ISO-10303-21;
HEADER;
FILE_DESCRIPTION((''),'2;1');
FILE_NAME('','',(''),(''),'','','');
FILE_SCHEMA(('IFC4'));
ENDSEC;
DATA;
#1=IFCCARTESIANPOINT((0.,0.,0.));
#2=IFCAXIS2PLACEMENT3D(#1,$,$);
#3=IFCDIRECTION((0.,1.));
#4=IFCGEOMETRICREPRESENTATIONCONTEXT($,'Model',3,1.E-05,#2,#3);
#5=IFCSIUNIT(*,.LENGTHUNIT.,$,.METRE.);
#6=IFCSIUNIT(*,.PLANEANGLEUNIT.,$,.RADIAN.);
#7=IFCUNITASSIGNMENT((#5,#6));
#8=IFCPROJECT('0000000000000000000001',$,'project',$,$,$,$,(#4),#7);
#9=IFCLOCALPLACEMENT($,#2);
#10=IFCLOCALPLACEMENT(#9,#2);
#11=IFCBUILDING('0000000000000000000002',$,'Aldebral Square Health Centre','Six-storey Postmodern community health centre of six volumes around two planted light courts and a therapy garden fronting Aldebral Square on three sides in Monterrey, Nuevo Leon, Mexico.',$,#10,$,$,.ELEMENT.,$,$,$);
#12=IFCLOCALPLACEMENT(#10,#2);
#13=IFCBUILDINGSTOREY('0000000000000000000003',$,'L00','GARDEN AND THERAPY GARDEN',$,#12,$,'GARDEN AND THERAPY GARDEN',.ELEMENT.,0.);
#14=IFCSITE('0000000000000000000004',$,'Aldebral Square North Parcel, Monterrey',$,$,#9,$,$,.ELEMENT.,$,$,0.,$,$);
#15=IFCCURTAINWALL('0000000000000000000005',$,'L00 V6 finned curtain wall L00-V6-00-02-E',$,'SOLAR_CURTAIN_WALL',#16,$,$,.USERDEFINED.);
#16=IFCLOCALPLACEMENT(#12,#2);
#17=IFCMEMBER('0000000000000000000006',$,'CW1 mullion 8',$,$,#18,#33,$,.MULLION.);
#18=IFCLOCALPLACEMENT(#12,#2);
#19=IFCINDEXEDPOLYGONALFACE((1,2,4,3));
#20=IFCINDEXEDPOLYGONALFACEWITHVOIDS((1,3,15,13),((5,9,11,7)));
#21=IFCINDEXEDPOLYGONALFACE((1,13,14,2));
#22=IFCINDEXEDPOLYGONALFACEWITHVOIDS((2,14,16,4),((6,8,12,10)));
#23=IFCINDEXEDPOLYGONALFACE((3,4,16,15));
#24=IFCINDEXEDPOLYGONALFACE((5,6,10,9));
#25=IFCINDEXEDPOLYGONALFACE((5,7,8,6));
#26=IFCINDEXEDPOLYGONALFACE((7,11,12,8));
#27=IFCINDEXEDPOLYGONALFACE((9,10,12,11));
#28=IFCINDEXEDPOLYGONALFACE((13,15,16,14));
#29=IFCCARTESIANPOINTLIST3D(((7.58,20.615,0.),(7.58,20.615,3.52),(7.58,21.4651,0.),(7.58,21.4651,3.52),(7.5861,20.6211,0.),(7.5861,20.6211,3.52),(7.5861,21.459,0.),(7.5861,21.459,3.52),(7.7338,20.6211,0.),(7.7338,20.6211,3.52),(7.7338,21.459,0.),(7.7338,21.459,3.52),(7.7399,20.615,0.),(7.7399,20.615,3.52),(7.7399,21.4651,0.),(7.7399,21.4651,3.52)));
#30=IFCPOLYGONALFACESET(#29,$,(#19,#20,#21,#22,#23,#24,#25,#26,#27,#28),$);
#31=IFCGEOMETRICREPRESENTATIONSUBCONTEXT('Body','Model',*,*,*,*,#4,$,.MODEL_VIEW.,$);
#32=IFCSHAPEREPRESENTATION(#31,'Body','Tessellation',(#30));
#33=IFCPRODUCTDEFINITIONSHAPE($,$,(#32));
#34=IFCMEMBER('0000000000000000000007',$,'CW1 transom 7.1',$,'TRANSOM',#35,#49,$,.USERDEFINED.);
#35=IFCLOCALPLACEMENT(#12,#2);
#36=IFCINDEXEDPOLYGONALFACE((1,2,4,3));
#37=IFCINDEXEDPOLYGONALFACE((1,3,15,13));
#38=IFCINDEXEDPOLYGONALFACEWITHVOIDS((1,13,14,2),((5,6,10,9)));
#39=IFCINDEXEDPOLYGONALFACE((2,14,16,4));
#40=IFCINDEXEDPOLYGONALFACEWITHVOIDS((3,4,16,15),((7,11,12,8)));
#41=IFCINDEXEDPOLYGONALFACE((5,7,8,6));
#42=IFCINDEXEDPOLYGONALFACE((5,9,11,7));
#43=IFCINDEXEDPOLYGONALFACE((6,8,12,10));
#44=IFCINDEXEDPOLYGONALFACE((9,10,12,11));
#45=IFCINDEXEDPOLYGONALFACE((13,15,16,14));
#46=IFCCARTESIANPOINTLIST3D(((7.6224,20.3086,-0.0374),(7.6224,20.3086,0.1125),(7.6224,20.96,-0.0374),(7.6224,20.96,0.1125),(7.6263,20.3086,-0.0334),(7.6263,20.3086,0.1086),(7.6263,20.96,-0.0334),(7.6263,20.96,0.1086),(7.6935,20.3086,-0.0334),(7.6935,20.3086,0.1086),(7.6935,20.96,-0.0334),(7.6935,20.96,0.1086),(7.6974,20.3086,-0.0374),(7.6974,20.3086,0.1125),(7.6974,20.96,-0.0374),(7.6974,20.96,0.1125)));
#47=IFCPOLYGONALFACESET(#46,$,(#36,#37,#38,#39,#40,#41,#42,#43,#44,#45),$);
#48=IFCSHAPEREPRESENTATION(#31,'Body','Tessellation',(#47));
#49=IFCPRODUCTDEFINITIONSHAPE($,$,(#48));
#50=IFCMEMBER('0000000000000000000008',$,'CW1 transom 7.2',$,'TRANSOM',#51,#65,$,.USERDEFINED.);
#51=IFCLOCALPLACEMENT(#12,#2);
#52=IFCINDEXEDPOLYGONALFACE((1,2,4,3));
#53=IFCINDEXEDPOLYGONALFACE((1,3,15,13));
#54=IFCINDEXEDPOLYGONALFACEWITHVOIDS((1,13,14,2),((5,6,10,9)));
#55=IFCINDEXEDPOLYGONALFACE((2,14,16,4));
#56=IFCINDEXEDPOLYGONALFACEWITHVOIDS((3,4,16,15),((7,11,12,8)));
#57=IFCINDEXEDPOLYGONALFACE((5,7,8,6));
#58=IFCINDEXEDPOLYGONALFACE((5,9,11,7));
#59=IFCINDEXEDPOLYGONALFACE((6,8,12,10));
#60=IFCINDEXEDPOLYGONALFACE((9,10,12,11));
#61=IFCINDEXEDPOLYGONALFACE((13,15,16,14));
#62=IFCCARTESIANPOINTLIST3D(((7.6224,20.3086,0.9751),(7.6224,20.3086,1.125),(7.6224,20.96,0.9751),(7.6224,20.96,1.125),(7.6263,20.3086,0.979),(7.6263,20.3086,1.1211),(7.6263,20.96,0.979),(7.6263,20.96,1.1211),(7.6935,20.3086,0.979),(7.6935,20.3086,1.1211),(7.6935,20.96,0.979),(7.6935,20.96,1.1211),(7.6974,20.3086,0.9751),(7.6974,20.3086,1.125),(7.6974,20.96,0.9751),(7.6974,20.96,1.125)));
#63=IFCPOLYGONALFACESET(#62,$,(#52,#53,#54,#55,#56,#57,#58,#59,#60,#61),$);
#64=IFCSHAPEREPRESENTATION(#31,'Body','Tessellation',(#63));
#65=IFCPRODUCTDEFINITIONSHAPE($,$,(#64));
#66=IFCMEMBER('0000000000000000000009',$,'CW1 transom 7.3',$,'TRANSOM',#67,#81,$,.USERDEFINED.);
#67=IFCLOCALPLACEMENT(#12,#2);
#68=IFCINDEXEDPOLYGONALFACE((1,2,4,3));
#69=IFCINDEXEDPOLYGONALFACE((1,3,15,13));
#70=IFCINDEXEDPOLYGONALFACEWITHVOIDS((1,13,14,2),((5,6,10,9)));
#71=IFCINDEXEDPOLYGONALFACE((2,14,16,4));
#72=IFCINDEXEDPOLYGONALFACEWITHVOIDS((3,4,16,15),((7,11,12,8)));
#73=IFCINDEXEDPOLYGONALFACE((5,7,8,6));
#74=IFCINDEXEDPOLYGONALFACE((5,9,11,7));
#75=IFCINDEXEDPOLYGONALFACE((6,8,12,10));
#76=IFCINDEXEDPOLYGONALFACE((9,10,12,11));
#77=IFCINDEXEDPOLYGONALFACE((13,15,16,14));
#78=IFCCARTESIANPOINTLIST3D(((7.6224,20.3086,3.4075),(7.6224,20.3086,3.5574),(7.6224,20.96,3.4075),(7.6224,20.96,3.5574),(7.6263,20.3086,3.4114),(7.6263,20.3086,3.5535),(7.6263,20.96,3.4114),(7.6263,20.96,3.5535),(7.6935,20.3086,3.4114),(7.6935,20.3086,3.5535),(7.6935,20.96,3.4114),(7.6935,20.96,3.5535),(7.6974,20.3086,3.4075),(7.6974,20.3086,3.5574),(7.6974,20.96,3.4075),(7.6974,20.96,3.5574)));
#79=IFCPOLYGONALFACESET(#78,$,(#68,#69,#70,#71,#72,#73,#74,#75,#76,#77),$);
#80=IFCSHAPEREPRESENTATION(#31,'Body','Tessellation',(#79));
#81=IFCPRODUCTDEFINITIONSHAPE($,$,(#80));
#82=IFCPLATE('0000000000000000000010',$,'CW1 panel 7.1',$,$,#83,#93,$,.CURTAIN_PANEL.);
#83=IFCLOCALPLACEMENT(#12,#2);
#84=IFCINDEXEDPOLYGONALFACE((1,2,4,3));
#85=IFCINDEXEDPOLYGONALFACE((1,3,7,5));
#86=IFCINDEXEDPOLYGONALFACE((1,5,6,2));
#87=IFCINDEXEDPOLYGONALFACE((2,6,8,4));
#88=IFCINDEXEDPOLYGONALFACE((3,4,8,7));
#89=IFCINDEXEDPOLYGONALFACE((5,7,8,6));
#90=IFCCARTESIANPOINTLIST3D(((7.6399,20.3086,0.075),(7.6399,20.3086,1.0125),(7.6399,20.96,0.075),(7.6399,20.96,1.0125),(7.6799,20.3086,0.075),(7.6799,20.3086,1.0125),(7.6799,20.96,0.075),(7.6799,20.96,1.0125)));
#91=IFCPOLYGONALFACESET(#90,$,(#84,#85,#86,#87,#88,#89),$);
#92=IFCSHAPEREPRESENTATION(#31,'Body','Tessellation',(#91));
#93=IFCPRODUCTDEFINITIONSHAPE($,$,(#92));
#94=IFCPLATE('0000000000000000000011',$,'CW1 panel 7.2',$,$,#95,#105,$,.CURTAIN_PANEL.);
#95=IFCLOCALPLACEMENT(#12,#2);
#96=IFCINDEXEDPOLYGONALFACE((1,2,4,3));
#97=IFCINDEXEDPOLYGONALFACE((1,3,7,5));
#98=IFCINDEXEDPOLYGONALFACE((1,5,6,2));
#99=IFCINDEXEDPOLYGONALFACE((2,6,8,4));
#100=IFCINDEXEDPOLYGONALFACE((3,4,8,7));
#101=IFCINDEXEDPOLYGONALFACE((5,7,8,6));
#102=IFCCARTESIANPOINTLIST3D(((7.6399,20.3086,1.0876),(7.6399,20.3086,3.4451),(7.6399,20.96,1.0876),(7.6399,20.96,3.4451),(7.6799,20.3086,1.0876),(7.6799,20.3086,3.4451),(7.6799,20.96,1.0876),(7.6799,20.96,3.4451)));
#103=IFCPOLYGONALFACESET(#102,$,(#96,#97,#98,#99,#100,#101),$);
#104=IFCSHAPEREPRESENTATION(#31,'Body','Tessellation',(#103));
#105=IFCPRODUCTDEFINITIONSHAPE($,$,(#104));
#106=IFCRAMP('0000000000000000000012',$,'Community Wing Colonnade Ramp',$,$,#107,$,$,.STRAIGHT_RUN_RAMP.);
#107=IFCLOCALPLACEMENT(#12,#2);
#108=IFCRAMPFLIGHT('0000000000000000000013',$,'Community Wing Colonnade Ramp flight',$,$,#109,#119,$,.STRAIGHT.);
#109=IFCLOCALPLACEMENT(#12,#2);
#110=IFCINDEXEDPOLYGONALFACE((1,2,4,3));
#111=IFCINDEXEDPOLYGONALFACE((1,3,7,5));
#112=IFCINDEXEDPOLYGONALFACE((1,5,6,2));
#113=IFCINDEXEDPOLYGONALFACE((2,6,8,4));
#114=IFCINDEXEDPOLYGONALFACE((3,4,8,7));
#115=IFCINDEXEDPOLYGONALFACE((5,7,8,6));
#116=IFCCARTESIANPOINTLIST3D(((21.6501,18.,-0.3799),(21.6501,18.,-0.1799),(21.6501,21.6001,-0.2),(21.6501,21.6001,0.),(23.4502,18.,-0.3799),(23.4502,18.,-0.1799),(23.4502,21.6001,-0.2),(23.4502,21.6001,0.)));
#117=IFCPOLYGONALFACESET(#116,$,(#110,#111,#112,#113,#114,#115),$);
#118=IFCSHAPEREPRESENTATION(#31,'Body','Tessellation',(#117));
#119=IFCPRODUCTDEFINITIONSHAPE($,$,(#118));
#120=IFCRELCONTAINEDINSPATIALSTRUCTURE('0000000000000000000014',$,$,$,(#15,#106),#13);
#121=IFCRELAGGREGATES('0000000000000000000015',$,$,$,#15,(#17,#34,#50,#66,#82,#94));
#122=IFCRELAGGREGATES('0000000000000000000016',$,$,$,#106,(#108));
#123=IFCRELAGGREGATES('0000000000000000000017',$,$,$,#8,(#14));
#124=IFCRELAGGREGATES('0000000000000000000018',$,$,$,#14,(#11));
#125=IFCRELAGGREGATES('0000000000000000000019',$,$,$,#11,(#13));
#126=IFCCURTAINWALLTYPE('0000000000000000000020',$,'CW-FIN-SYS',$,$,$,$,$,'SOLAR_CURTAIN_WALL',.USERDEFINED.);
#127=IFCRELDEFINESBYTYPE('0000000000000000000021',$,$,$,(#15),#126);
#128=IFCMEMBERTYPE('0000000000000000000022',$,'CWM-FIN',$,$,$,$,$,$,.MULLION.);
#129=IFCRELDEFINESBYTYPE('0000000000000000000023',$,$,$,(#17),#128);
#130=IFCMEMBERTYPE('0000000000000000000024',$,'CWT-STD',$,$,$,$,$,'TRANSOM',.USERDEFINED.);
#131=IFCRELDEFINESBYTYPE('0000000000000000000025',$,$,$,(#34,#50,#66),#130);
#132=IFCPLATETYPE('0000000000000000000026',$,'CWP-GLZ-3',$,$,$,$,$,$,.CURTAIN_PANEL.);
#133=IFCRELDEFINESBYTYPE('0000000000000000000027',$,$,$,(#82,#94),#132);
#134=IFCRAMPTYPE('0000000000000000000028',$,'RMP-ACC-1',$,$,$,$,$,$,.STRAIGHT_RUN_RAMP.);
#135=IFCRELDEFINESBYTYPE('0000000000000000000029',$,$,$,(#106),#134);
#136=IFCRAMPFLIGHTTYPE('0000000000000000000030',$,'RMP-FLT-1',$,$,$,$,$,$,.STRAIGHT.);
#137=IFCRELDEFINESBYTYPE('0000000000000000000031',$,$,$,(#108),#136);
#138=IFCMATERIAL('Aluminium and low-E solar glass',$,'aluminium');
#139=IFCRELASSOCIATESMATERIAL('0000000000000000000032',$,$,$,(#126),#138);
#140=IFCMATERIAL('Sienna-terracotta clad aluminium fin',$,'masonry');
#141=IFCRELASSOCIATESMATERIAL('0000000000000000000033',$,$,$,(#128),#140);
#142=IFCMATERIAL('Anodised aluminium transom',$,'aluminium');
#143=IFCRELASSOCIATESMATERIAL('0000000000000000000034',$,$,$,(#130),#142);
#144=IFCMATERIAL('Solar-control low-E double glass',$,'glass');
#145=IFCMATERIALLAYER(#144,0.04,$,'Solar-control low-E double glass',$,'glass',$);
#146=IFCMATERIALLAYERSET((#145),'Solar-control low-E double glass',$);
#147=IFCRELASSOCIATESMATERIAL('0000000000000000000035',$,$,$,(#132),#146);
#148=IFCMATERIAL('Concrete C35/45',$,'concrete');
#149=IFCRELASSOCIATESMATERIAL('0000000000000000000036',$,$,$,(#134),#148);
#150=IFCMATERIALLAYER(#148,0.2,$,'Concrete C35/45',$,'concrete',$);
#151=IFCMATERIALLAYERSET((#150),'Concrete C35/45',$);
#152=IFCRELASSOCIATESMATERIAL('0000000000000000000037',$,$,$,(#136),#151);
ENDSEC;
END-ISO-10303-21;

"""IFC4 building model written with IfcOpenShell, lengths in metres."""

from ifc_helpers import new_model, si_unit, direction, frame, origin, origin_2d, place, context, subcontext, project, spatial, polyline, rectangle, hollow_rectangle, outline, extrude, material, layer, layer_set, material_profile, profile_set, type_object, element, aggregate, save


model = new_model("IFC4")

# Units and contexts
model_context = context("Model", 3, precision=1e-05, world=origin(), true_north=direction((0.0, 1.0)))
body_context = subcontext(model_context, "Body", "Model", "MODEL_VIEW")
ifc_project = project(units=[si_unit("LENGTHUNIT", "METRE"), si_unit("PLANEANGLEUNIT", "RADIAN")], contexts=[model_context])

# Site, building, storey
site_placement = place(None, origin())
site = spatial("IfcSite", under=ifc_project, at=site_placement, Name="Aldebral Square North Parcel, Monterrey", CompositionType="ELEMENT", RefElevation=0.0)
building_placement = place(site_placement, origin())
building = spatial("IfcBuilding", under=site, at=building_placement, Name="Aldebral Square Health Centre", Description="Six-storey Postmodern community health centre of six volumes around two planted light courts and a therapy garden fronting Aldebral Square on three sides in Monterrey, Nuevo Leon, Mexico.", CompositionType="ELEMENT")
storey_placement = place(building_placement, origin())
storey = spatial("IfcBuildingStorey", under=building, at=storey_placement, Name="L00", Description="GARDEN AND THERAPY GARDEN", LongName="GARDEN AND THERAPY GARDEN", CompositionType="ELEMENT", Elevation=0.0)

# Shared definitions
ifc_material_1 = material(Name="Concrete C35/45", Category="concrete")

# Curtain wall, members, plates
ifc_material_2 = material(Name="Aluminium and low-E solar glass", Category="aluminium")
curtain_wall_type = type_object("IfcCurtainWallType", Name="CW-FIN-SYS", ElementType="SOLAR_CURTAIN_WALL", PredefinedType="USERDEFINED", material=ifc_material_2)
curtain_wall_placement = place(storey_placement, origin())
curtain_wall = element("IfcCurtainWall", 1, at=curtain_wall_placement, inside=storey, type_object=curtain_wall_type, Name="L00 V6 finned curtain wall L00-V6-00-02-E", ObjectType="SOLAR_CURTAIN_WALL", PredefinedType="USERDEFINED")
ifc_material_3 = material(Name="Sienna-terracotta clad aluminium fin", Category="masonry")
ifc_material_profile_1 = material_profile(ifc_material_3, hollow_rectangle(XDim=0.1599, YDim=0.8501, WallThickness=0.0061, at=origin_2d()), Name="FIN 160x850x6")
ifc_profile_set_1 = profile_set([ifc_material_profile_1], Name="Sienna-terracotta clad aluminium fin")
member_type_1 = type_object("IfcMemberType", Name="CWM-FIN", PredefinedType="MULLION", material=ifc_profile_set_1)
member_1_placement = place(storey_placement, frame((7.6599, 21.04, 0.0), z_axis=(0.0, 0.0, 1.0), x_axis=(-1.0, 0.0, 0.0)))
member_1 = element("IfcMember", 2, at=member_1_placement, type_object=member_type_1, Name="CW1 mullion 8", PredefinedType="MULLION", context=body_context, shape_type="SweptSolid", body=[
    extrude(hollow_rectangle(XDim=0.1599, YDim=0.8501, WallThickness=0.0061, at=origin_2d()), origin(), (0.0, 0.0, 1.0), 3.52),
])
ifc_material_4 = material(Name="Anodised aluminium transom", Category="aluminium")
ifc_material_profile_2 = material_profile(ifc_material_4, hollow_rectangle(XDim=0.075, YDim=0.1499, WallThickness=0.0039, at=origin_2d()), Name="CWT 75x150x4")
ifc_profile_set_2 = profile_set([ifc_material_profile_2], Name="Anodised aluminium transom")
member_type_2 = type_object("IfcMemberType", Name="CWT-STD", ElementType="TRANSOM", PredefinedType="USERDEFINED", material=ifc_profile_set_2)
member_2_placement = place(storey_placement, frame((7.6599, 20.3086, 0.0376), z_axis=(0.0, 1.0, 0.0), x_axis=(-1.0, 0.0, 0.0)))
member_2 = element("IfcMember", 3, at=member_2_placement, type_object=member_type_2, Name="CW1 transom 7.1", ObjectType="TRANSOM", PredefinedType="USERDEFINED", context=body_context, shape_type="SweptSolid", body=[
    extrude(hollow_rectangle(XDim=0.075, YDim=0.1499, WallThickness=0.0039, at=origin_2d()), origin(), (0.0, 0.0, 1.0), 0.6514),
])
member_3_placement = place(storey_placement, frame((7.6599, 20.3086, 1.05), z_axis=(0.0, 1.0, 0.0), x_axis=(-1.0, 0.0, 0.0)))
member_3 = element("IfcMember", 4, at=member_3_placement, type_object=member_type_2, Name="CW1 transom 7.2", ObjectType="TRANSOM", PredefinedType="USERDEFINED", context=body_context, shape_type="SweptSolid", body=[
    extrude(hollow_rectangle(XDim=0.075, YDim=0.1499, WallThickness=0.0039, at=origin_2d()), origin(), (0.0, 0.0, 1.0), 0.6514),
])
member_4_placement = place(storey_placement, frame((7.6599, 20.3086, 3.4824), z_axis=(0.0, 1.0, 0.0), x_axis=(-1.0, 0.0, 0.0)))
member_4 = element("IfcMember", 5, at=member_4_placement, type_object=member_type_2, Name="CW1 transom 7.3", ObjectType="TRANSOM", PredefinedType="USERDEFINED", context=body_context, shape_type="SweptSolid", body=[
    extrude(hollow_rectangle(XDim=0.075, YDim=0.1499, WallThickness=0.0039, at=origin_2d()), origin(), (0.0, 0.0, 1.0), 0.6514),
])
ifc_material_5 = material(Name="Solar-control low-E double glass", Category="glass")
ifc_layer_1 = layer(ifc_material_5, 0.04, Name="Solar-control low-E double glass", Category="glass")
ifc_layer_set_1 = layer_set([ifc_layer_1], Name="Solar-control low-E double glass")
plate_type = type_object("IfcPlateType", Name="CWP-GLZ-3", PredefinedType="CURTAIN_PANEL", material=ifc_layer_set_1)
plate_1_placement = place(storey_placement, frame((7.6599, 20.6343, 0.075), z_axis=(0.0, 0.0, 1.0), x_axis=(0.0, 1.0, 0.0)))
plate_1 = element("IfcPlate", 6, at=plate_1_placement, type_object=plate_type, Name="CW1 panel 7.1", PredefinedType="CURTAIN_PANEL", context=body_context, shape_type="SweptSolid", body=[
    extrude(rectangle(XDim=0.6514, YDim=0.04, at=origin_2d()), origin(), (0.0, 0.0, 1.0), 0.9375),
])
plate_2_placement = place(storey_placement, frame((7.6599, 20.6343, 1.0876), z_axis=(0.0, 0.0, 1.0), x_axis=(0.0, 1.0, 0.0)))
plate_2 = element("IfcPlate", 7, at=plate_2_placement, type_object=plate_type, Name="CW1 panel 7.2", PredefinedType="CURTAIN_PANEL", context=body_context, shape_type="SweptSolid", body=[
    extrude(rectangle(XDim=0.6514, YDim=0.04, at=origin_2d()), origin(), (0.0, 0.0, 1.0), 2.3574),
])
aggregate(curtain_wall, [member_1, member_2, member_3, member_4, plate_1, plate_2])

# Ramp, ramp flight
ramp_type = type_object("IfcRampType", Name="RMP-ACC-1", PredefinedType="STRAIGHT_RUN_RAMP", material=ifc_material_1)
ramp_placement = place(storey_placement, origin())
ramp = element("IfcRamp", 8, at=ramp_placement, inside=storey, type_object=ramp_type, Name="Community Wing Colonnade Ramp", PredefinedType="STRAIGHT_RUN_RAMP")
ifc_layer_2 = layer(ifc_material_1, 0.2, Name="Concrete C35/45", Category="concrete")
ifc_layer_set_2 = layer_set([ifc_layer_2], Name="Concrete C35/45")
ramp_flight_type = type_object("IfcRampFlightType", Name="RMP-FLT-1", PredefinedType="STRAIGHT", material=ifc_layer_set_2)
ramp_flight_placement = place(storey_placement, frame((22.55, 18.0, -0.1799), z_axis=(0.0, 0.0, 1.0), x_axis=(0.0, 1.0, 0.0)))
ramp_flight = element("IfcRampFlight", 9, at=ramp_flight_placement, type_object=ramp_flight_type, Name="Community Wing Colonnade Ramp flight", PredefinedType="STRAIGHT", context=body_context, shape_type="SweptSolid", body=[
    extrude(outline(polyline([(0.0, 0.0), (0.0, -0.2), (3.6001, -0.02), (3.6001, 0.1799), (0.0, 0.0)])), frame((0.0, 0.8999, 0.0), z_axis=(0.0, -1.0, 0.0), x_axis=(1.0, 0.0, 0.0)), (0.0, 0.0, 1.0), 1.8),
])
aggregate(ramp, [ramp_flight])

save(model, "model.ifc")
